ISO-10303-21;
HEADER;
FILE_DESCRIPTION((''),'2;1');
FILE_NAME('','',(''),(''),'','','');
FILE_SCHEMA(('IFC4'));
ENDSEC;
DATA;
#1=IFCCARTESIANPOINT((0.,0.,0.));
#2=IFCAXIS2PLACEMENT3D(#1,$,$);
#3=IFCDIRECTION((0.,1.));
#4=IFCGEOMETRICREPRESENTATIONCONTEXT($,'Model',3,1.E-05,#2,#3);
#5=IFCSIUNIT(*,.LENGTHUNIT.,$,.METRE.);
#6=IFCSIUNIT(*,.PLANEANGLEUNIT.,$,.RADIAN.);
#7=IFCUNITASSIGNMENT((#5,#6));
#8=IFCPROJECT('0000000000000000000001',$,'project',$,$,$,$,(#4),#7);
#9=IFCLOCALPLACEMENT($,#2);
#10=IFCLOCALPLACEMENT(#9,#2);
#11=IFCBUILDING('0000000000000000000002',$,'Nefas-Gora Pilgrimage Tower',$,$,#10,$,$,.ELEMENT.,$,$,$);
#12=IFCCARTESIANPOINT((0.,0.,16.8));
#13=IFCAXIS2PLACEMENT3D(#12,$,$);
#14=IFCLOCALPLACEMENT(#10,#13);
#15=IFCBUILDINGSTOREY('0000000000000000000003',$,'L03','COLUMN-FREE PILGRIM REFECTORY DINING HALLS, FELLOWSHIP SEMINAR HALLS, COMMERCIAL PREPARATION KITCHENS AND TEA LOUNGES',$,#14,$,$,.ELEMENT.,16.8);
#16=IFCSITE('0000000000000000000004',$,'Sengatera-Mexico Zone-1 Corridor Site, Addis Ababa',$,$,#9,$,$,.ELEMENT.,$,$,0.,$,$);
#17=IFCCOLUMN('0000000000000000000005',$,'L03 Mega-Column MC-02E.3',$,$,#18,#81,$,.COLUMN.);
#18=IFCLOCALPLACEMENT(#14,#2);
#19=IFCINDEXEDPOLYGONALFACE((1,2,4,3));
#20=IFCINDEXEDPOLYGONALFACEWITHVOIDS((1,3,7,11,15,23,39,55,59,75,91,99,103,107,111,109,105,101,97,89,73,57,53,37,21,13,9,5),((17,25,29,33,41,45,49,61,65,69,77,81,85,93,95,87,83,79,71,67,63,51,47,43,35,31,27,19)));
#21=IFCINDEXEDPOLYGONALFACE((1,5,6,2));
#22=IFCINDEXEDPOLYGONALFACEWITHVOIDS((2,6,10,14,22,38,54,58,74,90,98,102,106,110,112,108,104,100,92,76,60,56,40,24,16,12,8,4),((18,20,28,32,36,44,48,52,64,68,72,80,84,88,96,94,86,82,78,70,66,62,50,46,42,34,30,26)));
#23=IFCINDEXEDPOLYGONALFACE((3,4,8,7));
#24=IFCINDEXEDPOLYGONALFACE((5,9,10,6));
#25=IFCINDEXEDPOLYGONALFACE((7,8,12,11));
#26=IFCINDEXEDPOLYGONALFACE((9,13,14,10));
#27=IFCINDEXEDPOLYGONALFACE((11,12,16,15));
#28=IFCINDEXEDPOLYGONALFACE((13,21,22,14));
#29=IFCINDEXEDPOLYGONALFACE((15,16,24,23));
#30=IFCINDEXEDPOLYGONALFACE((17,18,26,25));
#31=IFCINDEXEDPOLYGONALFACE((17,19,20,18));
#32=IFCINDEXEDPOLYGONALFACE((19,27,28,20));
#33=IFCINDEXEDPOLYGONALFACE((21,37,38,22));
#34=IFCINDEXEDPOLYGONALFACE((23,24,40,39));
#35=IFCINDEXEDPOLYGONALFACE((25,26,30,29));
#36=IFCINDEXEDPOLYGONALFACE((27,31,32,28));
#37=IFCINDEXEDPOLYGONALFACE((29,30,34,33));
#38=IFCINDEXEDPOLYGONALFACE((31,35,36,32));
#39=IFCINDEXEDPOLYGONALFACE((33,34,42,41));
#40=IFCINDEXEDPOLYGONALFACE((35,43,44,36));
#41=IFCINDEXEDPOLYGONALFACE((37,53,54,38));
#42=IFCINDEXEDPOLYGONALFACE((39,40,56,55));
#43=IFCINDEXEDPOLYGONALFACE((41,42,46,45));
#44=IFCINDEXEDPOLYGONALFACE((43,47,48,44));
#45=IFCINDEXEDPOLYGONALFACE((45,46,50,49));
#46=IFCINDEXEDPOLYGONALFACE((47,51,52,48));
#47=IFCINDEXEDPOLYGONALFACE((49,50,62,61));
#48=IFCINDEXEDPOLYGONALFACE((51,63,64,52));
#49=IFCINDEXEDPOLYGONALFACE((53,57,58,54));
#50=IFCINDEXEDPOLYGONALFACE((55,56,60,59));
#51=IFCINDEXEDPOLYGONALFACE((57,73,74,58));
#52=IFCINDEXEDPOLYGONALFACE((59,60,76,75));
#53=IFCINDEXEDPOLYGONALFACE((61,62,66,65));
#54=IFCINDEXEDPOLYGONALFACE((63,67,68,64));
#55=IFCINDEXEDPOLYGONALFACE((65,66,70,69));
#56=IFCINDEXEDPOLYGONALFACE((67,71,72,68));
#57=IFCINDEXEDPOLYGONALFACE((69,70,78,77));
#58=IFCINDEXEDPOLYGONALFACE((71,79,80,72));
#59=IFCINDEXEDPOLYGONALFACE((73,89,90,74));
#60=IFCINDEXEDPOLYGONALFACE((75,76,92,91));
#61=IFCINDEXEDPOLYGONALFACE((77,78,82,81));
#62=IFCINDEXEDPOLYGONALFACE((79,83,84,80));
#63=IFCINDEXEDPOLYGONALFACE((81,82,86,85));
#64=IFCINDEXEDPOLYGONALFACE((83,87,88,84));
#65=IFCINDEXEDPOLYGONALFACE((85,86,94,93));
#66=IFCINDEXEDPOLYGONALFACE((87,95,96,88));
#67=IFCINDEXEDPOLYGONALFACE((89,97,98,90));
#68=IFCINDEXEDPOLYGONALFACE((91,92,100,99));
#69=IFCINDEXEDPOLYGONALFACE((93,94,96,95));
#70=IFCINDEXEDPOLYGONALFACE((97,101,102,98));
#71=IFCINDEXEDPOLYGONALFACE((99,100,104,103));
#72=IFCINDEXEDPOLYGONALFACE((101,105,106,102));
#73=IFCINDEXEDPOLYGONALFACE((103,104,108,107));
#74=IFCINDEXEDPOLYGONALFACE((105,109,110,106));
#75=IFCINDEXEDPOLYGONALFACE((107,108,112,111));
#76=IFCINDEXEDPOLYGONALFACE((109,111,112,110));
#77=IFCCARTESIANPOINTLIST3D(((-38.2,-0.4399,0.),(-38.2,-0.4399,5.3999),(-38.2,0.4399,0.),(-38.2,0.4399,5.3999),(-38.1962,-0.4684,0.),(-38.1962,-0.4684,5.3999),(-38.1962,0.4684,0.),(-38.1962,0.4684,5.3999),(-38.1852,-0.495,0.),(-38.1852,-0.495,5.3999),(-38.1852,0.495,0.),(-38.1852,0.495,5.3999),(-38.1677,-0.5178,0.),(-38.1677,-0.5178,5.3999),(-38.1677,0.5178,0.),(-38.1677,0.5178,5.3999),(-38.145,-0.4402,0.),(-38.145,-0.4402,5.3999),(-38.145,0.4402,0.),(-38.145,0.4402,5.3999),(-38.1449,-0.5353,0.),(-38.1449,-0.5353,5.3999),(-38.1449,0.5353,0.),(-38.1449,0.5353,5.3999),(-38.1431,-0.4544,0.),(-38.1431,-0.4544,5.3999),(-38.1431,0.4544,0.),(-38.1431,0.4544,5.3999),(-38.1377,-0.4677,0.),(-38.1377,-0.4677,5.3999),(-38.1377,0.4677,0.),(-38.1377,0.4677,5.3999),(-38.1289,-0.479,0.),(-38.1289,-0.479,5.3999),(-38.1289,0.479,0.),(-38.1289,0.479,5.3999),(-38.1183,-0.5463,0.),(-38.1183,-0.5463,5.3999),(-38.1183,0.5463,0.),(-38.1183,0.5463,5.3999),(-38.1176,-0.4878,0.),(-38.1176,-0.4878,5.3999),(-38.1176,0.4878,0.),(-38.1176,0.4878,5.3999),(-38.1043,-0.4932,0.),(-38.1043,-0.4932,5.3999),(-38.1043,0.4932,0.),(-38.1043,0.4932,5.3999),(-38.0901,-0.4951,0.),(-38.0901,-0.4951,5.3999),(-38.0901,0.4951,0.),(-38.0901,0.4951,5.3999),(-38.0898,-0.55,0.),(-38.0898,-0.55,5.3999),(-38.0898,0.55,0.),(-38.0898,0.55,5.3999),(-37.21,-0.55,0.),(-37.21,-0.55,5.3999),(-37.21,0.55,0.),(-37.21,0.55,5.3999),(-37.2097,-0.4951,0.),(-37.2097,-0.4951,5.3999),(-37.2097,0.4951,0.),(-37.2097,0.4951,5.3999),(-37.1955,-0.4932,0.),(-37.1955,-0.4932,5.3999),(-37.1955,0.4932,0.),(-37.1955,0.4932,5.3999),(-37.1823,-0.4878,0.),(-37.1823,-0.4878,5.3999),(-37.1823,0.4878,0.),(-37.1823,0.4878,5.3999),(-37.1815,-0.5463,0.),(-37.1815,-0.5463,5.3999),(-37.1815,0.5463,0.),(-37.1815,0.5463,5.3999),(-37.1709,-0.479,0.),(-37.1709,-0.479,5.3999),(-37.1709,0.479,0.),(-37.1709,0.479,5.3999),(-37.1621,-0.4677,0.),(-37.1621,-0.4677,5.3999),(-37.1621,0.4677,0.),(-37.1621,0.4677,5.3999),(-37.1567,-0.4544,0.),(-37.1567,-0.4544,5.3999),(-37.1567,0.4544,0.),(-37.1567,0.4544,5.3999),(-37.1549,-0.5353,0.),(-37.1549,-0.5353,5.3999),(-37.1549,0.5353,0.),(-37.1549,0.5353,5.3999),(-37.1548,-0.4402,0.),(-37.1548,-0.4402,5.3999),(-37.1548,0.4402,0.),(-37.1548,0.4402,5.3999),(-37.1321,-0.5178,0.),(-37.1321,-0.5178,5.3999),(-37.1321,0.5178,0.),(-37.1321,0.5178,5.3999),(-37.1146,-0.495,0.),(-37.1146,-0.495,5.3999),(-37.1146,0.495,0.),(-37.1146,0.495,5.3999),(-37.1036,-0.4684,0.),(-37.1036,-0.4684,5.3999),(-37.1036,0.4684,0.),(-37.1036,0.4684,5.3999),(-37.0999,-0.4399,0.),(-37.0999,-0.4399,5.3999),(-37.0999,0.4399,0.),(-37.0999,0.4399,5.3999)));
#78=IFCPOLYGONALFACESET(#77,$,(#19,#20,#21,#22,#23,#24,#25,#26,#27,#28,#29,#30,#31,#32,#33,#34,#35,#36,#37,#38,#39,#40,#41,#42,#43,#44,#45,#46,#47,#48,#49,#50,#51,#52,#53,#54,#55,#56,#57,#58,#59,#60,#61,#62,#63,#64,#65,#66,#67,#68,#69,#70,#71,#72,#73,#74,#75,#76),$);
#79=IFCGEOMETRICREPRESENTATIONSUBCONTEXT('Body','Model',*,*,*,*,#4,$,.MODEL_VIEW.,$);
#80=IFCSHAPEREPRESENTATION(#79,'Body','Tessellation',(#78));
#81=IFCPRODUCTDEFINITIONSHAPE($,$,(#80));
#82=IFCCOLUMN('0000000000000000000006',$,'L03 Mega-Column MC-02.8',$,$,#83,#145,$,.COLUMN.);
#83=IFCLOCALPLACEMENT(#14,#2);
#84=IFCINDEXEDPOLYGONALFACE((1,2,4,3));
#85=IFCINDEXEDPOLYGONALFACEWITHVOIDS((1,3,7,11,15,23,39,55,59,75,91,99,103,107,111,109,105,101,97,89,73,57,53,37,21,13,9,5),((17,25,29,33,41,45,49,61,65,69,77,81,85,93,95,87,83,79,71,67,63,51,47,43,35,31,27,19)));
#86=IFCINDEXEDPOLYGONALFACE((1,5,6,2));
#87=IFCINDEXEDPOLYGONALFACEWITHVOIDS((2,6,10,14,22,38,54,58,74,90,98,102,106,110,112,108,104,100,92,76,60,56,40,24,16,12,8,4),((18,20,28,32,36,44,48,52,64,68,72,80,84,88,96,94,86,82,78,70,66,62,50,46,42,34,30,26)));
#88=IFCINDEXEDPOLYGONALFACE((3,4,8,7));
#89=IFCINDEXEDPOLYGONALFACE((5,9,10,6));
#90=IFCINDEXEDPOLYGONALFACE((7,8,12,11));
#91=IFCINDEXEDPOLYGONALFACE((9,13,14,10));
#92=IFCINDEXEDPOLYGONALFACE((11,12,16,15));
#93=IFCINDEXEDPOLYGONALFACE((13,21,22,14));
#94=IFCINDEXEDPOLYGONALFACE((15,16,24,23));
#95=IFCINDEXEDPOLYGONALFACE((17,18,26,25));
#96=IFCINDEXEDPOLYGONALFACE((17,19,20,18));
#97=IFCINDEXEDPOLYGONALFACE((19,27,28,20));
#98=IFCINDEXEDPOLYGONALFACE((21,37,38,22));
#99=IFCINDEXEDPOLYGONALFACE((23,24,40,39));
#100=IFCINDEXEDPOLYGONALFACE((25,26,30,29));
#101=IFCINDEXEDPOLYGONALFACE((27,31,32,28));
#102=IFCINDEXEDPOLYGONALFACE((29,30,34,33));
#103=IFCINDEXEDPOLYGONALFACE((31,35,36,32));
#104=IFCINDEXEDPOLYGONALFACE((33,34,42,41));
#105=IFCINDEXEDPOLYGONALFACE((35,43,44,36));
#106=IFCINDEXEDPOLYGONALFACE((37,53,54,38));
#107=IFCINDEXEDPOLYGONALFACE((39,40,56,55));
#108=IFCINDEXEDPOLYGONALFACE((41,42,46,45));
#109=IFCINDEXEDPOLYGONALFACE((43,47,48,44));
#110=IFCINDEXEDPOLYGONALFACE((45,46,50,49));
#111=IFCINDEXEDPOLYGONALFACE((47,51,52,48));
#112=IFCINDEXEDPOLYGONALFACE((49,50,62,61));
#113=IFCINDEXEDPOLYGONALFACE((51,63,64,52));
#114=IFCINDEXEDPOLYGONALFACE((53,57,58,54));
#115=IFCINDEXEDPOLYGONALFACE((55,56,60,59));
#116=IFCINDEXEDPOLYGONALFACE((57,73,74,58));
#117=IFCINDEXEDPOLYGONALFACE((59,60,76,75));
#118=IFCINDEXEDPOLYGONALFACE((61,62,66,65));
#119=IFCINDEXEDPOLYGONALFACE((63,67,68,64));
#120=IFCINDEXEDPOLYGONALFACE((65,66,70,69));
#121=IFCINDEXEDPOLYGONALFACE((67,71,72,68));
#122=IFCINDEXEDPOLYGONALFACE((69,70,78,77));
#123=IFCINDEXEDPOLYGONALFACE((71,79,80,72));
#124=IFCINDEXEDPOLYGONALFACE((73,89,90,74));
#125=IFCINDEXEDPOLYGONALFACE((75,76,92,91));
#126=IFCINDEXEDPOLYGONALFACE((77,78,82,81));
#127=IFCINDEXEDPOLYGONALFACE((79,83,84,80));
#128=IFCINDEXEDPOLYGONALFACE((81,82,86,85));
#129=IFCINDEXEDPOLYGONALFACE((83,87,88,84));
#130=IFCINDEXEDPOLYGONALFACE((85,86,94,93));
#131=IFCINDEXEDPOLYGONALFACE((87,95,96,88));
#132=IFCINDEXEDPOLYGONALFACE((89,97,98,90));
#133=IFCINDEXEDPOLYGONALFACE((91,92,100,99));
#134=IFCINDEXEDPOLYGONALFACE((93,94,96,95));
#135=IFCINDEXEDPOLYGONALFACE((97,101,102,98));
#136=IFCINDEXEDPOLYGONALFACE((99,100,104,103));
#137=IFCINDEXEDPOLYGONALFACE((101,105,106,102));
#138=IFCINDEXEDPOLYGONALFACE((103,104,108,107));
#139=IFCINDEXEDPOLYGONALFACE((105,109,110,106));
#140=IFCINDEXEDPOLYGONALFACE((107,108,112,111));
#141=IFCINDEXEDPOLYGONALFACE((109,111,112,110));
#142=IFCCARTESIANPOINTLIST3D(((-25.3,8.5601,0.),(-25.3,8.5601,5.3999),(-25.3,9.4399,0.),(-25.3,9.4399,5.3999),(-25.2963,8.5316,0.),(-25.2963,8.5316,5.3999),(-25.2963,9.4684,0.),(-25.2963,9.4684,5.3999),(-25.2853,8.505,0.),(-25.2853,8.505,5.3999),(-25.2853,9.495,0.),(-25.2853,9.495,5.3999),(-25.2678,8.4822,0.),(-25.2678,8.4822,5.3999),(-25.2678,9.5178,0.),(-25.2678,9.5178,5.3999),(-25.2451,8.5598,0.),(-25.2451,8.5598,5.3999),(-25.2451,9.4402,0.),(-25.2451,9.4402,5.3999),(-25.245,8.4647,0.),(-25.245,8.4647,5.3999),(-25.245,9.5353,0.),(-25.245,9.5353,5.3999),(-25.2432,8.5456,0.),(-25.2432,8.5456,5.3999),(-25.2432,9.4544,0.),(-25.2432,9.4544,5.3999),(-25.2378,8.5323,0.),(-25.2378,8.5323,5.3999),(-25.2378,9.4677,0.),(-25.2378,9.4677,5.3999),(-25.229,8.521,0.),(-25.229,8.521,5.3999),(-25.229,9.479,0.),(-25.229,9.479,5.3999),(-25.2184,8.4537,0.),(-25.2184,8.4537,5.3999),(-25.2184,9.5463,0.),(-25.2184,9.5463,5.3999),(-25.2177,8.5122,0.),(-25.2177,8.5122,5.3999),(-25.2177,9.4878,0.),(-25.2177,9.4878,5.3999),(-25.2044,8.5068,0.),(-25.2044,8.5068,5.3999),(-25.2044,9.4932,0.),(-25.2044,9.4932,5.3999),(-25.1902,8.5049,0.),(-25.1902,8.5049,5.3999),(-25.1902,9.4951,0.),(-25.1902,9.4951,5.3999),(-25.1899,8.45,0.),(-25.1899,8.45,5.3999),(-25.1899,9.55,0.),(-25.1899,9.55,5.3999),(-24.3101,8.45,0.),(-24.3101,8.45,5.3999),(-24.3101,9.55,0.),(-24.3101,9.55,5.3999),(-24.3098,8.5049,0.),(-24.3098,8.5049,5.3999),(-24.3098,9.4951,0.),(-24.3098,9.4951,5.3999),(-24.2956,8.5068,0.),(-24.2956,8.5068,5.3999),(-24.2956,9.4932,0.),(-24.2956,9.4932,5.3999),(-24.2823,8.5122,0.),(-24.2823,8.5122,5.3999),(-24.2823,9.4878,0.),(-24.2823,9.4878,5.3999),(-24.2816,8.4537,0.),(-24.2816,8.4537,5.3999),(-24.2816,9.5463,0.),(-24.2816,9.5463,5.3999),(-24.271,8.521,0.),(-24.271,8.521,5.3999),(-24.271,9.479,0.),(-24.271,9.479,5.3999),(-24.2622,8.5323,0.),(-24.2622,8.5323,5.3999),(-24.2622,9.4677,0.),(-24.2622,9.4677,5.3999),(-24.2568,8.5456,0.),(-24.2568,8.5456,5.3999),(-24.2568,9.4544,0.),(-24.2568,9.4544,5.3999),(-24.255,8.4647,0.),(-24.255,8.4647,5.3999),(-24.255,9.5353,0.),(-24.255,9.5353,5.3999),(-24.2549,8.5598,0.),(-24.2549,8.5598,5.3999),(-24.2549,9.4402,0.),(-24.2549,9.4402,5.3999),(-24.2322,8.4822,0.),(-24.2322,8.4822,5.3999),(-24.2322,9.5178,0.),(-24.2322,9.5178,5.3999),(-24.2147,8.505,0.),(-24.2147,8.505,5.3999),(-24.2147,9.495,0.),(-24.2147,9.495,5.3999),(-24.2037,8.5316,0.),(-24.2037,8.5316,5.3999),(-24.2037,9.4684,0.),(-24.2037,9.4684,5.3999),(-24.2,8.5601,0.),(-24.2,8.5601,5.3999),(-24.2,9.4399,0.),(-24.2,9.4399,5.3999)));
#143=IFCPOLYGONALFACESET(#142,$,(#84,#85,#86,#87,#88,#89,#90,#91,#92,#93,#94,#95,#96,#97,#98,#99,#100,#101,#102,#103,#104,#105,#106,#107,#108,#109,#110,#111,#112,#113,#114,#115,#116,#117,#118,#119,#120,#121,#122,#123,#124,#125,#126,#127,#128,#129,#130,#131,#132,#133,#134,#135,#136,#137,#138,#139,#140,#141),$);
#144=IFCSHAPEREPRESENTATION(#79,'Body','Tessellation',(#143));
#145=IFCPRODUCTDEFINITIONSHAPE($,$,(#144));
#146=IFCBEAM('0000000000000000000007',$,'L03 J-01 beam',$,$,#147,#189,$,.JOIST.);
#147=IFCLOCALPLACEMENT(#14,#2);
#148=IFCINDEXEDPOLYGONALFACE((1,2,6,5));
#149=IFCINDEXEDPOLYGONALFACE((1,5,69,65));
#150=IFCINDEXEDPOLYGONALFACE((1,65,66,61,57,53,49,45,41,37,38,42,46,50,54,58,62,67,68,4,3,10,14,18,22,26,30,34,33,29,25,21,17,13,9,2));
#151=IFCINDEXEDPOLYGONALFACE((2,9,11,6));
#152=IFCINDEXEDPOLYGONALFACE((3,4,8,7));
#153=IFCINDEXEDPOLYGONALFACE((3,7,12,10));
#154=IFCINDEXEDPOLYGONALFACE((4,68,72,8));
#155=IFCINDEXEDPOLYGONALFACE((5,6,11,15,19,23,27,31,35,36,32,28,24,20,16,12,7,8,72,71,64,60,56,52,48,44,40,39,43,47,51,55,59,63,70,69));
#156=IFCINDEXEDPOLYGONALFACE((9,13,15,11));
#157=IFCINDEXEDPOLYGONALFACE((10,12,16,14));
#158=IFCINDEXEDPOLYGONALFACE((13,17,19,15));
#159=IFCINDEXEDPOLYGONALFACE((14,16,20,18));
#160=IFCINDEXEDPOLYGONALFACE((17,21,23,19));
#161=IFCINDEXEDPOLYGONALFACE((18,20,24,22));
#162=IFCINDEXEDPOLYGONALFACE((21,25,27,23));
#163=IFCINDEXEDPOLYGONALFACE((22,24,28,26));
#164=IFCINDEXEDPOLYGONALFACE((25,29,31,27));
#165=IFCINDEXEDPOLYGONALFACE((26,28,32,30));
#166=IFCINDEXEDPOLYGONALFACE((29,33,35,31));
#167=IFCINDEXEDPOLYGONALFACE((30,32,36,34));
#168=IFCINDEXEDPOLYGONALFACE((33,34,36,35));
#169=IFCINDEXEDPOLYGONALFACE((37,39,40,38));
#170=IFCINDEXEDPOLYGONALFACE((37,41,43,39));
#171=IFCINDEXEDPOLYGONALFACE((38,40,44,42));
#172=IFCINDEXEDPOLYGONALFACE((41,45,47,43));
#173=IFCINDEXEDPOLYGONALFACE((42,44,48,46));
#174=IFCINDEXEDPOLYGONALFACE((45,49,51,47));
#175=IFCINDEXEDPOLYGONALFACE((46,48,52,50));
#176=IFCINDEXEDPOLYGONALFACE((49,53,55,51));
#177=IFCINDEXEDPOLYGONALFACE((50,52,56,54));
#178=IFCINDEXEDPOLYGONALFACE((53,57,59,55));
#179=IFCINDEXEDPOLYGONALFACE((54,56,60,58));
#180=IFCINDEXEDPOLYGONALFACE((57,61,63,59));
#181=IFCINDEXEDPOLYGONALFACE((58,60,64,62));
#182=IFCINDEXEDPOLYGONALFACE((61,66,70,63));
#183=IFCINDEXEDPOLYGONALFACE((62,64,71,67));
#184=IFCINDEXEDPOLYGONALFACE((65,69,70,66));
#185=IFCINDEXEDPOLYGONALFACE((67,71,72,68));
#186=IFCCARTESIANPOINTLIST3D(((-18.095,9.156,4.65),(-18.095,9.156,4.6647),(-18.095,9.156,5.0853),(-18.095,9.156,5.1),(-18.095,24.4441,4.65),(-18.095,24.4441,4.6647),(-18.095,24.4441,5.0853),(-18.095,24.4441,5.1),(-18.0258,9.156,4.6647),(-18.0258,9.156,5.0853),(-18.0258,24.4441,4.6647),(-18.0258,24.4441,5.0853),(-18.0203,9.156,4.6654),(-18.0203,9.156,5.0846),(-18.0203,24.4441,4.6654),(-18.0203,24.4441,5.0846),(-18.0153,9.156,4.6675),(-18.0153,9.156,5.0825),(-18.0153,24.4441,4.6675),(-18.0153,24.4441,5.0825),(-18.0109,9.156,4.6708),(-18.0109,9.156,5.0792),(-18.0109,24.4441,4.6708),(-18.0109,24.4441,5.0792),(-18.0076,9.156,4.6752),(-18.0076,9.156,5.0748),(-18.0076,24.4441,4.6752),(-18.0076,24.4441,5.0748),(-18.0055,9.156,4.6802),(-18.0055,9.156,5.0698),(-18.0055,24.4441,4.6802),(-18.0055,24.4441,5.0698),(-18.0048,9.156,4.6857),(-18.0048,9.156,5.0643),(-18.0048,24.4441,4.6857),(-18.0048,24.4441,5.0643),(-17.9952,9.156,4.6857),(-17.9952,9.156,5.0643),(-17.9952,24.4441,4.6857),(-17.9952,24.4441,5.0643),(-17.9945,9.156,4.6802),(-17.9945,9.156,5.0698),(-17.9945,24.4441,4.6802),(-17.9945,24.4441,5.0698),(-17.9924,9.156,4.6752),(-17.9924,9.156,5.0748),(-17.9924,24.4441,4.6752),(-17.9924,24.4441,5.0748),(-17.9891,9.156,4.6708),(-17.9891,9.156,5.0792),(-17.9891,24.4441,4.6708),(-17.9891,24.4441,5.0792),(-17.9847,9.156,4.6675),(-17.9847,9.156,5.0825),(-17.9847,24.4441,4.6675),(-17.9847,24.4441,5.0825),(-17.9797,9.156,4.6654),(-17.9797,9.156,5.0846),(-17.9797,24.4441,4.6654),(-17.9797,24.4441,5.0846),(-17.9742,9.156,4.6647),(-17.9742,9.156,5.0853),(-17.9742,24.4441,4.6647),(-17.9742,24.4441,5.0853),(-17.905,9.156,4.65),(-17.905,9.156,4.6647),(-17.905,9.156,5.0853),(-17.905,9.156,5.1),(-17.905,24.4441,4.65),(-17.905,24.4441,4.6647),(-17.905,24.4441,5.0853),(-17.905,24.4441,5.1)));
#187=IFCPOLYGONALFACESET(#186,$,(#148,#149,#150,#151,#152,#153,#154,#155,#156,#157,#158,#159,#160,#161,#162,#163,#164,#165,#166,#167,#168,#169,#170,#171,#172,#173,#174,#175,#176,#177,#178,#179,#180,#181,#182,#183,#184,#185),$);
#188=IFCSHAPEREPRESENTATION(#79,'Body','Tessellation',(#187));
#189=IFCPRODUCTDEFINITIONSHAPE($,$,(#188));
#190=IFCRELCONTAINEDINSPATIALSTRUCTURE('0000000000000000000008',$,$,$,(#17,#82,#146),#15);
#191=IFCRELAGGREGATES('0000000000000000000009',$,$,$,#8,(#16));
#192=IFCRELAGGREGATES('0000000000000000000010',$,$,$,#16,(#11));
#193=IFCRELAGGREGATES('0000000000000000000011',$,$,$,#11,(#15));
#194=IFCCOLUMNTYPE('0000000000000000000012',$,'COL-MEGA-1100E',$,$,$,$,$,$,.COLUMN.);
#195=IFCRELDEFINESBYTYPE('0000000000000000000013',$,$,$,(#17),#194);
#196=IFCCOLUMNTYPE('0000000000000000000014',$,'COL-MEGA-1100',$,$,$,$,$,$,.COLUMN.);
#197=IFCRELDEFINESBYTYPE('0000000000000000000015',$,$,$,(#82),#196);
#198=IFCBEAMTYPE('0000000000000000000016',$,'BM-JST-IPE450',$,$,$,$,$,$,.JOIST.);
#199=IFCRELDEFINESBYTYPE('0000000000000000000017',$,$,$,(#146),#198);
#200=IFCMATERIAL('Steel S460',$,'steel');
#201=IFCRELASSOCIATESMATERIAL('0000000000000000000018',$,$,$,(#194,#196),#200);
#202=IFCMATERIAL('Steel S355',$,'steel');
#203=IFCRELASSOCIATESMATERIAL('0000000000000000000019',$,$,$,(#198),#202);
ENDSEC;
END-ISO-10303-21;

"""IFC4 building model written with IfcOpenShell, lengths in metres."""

from ifc_helpers import new_model, si_unit, direction, frame, origin, origin_2d, place, context, subcontext, project, spatial, hollow_rectangle, i_section, extrude, source, transform, mapped, material, material_profile, profile_set, type_object, element, save


model = new_model("IFC4")

# Units and contexts
model_context = context("Model", 3, precision=1e-05, world=origin(), true_north=direction((0.0, 1.0)))
body_context = subcontext(model_context, "Body", "Model", "MODEL_VIEW")
ifc_project = project(units=[si_unit("LENGTHUNIT", "METRE"), si_unit("PLANEANGLEUNIT", "RADIAN")], contexts=[model_context])

# Site, building, storey
site_placement = place(None, origin())
site = spatial("IfcSite", under=ifc_project, at=site_placement, Name="Sengatera-Mexico Zone-1 Corridor Site, Addis Ababa", CompositionType="ELEMENT", RefElevation=0.0)
building_placement = place(site_placement, origin())
building = spatial("IfcBuilding", under=site, at=building_placement, Name="Nefas-Gora Pilgrimage Tower", CompositionType="ELEMENT")
storey_placement = place(building_placement, frame((0.0, 0.0, 16.8)))
storey = spatial("IfcBuildingStorey", under=building, at=storey_placement, Name="L03", Description="COLUMN-FREE PILGRIM REFECTORY DINING HALLS, FELLOWSHIP SEMINAR HALLS, COMMERCIAL PREPARATION KITCHENS AND TEA LOUNGES", CompositionType="ELEMENT", Elevation=16.8)

# Columns
ifc_material_1 = material(Name="Steel S460", Category="steel")
ifc_material_profile_1 = material_profile(ifc_material_1, hollow_rectangle(XDim=1.1001, YDim=1.1001, WallThickness=0.0549, InnerFilletRadius=0.0549, OuterFilletRadius=0.1101, at=origin_2d()), Name="BOX 1100x1100x55")
ifc_profile_set_1 = profile_set([ifc_material_profile_1], Name="Steel S460")
column_type_1 = type_object("IfcColumnType", Name="COL-MEGA-1100E", PredefinedType="COLUMN", material=ifc_profile_set_1)
shared_shape_1 = source(origin(), body_context, "Body", "SweptSolid", [
    extrude(hollow_rectangle(XDim=1.1001, YDim=1.1001, WallThickness=0.0549, InnerFilletRadius=0.0549, OuterFilletRadius=0.1101, at=origin_2d()), origin(), (0.0, 0.0, 1.0), 5.3999),
])
column_1_placement = place(storey_placement, frame((-37.6499, 0.0, 0.0), z_axis=(0.0, 0.0, 1.0), x_axis=(1.0, 0.0, 0.0)))
element("IfcColumn", 1, at=column_1_placement, inside=storey, type_object=column_type_1, Name="L03 Mega-Column MC-02E.3", PredefinedType="COLUMN", context=body_context, shape_type="MappedRepresentation", body=[
    mapped(shared_shape_1, transform((0.0, 0.0, 0.0), x_axis=(1.0, 0.0, 0.0), y_axis=(0.0, 1.0, 0.0), z_axis=(0.0, 0.0, 1.0), scale=1.0)),
])
ifc_material_profile_2 = material_profile(ifc_material_1, hollow_rectangle(XDim=1.1001, YDim=1.1001, WallThickness=0.0549, InnerFilletRadius=0.0549, OuterFilletRadius=0.1101, at=origin_2d()), Name="BOX 1100x1100x55")
ifc_profile_set_2 = profile_set([ifc_material_profile_2], Name="Steel S460")
column_type_2 = type_object("IfcColumnType", Name="COL-MEGA-1100", PredefinedType="COLUMN", material=ifc_profile_set_2)
shared_shape_2 = source(origin(), body_context, "Body", "SweptSolid", [
    extrude(hollow_rectangle(XDim=1.1001, YDim=1.1001, WallThickness=0.0549, InnerFilletRadius=0.0549, OuterFilletRadius=0.1101, at=origin_2d()), origin(), (0.0, 0.0, 1.0), 5.3999),
])
column_2_placement = place(storey_placement, frame((-24.75, 9.0, 0.0), z_axis=(0.0, 0.0, 1.0), x_axis=(1.0, 0.0, 0.0)))
element("IfcColumn", 2, at=column_2_placement, inside=storey, type_object=column_type_2, Name="L03 Mega-Column MC-02.8", PredefinedType="COLUMN", context=body_context, shape_type="MappedRepresentation", body=[
    mapped(shared_shape_2, transform((0.0, 0.0, 0.0), x_axis=(1.0, 0.0, 0.0), y_axis=(0.0, 1.0, 0.0), z_axis=(0.0, 0.0, 1.0), scale=1.0)),
])

# Beam
ifc_material_2 = material(Name="Steel S355", Category="steel")
ifc_material_profile_3 = material_profile(ifc_material_2, i_section(OverallWidth=0.1899, OverallDepth=0.45, WebThickness=0.0095, FlangeThickness=0.0146, FilletRadius=0.021, at=origin_2d()), Name="IPE 450")
ifc_profile_set_3 = profile_set([ifc_material_profile_3], Name="Steel S355")
beam_type_1 = type_object("IfcBeamType", Name="BM-JST-IPE450", PredefinedType="JOIST", material=ifc_profile_set_3)
shared_shape_3 = source(origin(), body_context, "Body", "SweptSolid", [
    extrude(i_section(OverallWidth=0.1899, OverallDepth=0.45, WebThickness=0.0095, FlangeThickness=0.0146, FilletRadius=0.021, at=origin_2d()), origin(), (0.0, 0.0, 1.0), 15.2881),
])
beam_1_placement = place(storey_placement, frame((-18.0, 9.156, 4.875), z_axis=(0.0, 1.0, 0.0), x_axis=(-1.0, 0.0, 0.0)))
element("IfcBeam", 3, at=beam_1_placement, inside=storey, type_object=beam_type_1, Name="L03 J-01 beam", PredefinedType="JOIST", context=body_context, shape_type="MappedRepresentation", body=[
    mapped(shared_shape_3, transform((0.0, 0.0, 0.0), x_axis=(1.0, 0.0, 0.0), y_axis=(0.0, 1.0, 0.0), z_axis=(0.0, 0.0, 1.0), scale=1.0)),
])

save(model, "model.ifc")
